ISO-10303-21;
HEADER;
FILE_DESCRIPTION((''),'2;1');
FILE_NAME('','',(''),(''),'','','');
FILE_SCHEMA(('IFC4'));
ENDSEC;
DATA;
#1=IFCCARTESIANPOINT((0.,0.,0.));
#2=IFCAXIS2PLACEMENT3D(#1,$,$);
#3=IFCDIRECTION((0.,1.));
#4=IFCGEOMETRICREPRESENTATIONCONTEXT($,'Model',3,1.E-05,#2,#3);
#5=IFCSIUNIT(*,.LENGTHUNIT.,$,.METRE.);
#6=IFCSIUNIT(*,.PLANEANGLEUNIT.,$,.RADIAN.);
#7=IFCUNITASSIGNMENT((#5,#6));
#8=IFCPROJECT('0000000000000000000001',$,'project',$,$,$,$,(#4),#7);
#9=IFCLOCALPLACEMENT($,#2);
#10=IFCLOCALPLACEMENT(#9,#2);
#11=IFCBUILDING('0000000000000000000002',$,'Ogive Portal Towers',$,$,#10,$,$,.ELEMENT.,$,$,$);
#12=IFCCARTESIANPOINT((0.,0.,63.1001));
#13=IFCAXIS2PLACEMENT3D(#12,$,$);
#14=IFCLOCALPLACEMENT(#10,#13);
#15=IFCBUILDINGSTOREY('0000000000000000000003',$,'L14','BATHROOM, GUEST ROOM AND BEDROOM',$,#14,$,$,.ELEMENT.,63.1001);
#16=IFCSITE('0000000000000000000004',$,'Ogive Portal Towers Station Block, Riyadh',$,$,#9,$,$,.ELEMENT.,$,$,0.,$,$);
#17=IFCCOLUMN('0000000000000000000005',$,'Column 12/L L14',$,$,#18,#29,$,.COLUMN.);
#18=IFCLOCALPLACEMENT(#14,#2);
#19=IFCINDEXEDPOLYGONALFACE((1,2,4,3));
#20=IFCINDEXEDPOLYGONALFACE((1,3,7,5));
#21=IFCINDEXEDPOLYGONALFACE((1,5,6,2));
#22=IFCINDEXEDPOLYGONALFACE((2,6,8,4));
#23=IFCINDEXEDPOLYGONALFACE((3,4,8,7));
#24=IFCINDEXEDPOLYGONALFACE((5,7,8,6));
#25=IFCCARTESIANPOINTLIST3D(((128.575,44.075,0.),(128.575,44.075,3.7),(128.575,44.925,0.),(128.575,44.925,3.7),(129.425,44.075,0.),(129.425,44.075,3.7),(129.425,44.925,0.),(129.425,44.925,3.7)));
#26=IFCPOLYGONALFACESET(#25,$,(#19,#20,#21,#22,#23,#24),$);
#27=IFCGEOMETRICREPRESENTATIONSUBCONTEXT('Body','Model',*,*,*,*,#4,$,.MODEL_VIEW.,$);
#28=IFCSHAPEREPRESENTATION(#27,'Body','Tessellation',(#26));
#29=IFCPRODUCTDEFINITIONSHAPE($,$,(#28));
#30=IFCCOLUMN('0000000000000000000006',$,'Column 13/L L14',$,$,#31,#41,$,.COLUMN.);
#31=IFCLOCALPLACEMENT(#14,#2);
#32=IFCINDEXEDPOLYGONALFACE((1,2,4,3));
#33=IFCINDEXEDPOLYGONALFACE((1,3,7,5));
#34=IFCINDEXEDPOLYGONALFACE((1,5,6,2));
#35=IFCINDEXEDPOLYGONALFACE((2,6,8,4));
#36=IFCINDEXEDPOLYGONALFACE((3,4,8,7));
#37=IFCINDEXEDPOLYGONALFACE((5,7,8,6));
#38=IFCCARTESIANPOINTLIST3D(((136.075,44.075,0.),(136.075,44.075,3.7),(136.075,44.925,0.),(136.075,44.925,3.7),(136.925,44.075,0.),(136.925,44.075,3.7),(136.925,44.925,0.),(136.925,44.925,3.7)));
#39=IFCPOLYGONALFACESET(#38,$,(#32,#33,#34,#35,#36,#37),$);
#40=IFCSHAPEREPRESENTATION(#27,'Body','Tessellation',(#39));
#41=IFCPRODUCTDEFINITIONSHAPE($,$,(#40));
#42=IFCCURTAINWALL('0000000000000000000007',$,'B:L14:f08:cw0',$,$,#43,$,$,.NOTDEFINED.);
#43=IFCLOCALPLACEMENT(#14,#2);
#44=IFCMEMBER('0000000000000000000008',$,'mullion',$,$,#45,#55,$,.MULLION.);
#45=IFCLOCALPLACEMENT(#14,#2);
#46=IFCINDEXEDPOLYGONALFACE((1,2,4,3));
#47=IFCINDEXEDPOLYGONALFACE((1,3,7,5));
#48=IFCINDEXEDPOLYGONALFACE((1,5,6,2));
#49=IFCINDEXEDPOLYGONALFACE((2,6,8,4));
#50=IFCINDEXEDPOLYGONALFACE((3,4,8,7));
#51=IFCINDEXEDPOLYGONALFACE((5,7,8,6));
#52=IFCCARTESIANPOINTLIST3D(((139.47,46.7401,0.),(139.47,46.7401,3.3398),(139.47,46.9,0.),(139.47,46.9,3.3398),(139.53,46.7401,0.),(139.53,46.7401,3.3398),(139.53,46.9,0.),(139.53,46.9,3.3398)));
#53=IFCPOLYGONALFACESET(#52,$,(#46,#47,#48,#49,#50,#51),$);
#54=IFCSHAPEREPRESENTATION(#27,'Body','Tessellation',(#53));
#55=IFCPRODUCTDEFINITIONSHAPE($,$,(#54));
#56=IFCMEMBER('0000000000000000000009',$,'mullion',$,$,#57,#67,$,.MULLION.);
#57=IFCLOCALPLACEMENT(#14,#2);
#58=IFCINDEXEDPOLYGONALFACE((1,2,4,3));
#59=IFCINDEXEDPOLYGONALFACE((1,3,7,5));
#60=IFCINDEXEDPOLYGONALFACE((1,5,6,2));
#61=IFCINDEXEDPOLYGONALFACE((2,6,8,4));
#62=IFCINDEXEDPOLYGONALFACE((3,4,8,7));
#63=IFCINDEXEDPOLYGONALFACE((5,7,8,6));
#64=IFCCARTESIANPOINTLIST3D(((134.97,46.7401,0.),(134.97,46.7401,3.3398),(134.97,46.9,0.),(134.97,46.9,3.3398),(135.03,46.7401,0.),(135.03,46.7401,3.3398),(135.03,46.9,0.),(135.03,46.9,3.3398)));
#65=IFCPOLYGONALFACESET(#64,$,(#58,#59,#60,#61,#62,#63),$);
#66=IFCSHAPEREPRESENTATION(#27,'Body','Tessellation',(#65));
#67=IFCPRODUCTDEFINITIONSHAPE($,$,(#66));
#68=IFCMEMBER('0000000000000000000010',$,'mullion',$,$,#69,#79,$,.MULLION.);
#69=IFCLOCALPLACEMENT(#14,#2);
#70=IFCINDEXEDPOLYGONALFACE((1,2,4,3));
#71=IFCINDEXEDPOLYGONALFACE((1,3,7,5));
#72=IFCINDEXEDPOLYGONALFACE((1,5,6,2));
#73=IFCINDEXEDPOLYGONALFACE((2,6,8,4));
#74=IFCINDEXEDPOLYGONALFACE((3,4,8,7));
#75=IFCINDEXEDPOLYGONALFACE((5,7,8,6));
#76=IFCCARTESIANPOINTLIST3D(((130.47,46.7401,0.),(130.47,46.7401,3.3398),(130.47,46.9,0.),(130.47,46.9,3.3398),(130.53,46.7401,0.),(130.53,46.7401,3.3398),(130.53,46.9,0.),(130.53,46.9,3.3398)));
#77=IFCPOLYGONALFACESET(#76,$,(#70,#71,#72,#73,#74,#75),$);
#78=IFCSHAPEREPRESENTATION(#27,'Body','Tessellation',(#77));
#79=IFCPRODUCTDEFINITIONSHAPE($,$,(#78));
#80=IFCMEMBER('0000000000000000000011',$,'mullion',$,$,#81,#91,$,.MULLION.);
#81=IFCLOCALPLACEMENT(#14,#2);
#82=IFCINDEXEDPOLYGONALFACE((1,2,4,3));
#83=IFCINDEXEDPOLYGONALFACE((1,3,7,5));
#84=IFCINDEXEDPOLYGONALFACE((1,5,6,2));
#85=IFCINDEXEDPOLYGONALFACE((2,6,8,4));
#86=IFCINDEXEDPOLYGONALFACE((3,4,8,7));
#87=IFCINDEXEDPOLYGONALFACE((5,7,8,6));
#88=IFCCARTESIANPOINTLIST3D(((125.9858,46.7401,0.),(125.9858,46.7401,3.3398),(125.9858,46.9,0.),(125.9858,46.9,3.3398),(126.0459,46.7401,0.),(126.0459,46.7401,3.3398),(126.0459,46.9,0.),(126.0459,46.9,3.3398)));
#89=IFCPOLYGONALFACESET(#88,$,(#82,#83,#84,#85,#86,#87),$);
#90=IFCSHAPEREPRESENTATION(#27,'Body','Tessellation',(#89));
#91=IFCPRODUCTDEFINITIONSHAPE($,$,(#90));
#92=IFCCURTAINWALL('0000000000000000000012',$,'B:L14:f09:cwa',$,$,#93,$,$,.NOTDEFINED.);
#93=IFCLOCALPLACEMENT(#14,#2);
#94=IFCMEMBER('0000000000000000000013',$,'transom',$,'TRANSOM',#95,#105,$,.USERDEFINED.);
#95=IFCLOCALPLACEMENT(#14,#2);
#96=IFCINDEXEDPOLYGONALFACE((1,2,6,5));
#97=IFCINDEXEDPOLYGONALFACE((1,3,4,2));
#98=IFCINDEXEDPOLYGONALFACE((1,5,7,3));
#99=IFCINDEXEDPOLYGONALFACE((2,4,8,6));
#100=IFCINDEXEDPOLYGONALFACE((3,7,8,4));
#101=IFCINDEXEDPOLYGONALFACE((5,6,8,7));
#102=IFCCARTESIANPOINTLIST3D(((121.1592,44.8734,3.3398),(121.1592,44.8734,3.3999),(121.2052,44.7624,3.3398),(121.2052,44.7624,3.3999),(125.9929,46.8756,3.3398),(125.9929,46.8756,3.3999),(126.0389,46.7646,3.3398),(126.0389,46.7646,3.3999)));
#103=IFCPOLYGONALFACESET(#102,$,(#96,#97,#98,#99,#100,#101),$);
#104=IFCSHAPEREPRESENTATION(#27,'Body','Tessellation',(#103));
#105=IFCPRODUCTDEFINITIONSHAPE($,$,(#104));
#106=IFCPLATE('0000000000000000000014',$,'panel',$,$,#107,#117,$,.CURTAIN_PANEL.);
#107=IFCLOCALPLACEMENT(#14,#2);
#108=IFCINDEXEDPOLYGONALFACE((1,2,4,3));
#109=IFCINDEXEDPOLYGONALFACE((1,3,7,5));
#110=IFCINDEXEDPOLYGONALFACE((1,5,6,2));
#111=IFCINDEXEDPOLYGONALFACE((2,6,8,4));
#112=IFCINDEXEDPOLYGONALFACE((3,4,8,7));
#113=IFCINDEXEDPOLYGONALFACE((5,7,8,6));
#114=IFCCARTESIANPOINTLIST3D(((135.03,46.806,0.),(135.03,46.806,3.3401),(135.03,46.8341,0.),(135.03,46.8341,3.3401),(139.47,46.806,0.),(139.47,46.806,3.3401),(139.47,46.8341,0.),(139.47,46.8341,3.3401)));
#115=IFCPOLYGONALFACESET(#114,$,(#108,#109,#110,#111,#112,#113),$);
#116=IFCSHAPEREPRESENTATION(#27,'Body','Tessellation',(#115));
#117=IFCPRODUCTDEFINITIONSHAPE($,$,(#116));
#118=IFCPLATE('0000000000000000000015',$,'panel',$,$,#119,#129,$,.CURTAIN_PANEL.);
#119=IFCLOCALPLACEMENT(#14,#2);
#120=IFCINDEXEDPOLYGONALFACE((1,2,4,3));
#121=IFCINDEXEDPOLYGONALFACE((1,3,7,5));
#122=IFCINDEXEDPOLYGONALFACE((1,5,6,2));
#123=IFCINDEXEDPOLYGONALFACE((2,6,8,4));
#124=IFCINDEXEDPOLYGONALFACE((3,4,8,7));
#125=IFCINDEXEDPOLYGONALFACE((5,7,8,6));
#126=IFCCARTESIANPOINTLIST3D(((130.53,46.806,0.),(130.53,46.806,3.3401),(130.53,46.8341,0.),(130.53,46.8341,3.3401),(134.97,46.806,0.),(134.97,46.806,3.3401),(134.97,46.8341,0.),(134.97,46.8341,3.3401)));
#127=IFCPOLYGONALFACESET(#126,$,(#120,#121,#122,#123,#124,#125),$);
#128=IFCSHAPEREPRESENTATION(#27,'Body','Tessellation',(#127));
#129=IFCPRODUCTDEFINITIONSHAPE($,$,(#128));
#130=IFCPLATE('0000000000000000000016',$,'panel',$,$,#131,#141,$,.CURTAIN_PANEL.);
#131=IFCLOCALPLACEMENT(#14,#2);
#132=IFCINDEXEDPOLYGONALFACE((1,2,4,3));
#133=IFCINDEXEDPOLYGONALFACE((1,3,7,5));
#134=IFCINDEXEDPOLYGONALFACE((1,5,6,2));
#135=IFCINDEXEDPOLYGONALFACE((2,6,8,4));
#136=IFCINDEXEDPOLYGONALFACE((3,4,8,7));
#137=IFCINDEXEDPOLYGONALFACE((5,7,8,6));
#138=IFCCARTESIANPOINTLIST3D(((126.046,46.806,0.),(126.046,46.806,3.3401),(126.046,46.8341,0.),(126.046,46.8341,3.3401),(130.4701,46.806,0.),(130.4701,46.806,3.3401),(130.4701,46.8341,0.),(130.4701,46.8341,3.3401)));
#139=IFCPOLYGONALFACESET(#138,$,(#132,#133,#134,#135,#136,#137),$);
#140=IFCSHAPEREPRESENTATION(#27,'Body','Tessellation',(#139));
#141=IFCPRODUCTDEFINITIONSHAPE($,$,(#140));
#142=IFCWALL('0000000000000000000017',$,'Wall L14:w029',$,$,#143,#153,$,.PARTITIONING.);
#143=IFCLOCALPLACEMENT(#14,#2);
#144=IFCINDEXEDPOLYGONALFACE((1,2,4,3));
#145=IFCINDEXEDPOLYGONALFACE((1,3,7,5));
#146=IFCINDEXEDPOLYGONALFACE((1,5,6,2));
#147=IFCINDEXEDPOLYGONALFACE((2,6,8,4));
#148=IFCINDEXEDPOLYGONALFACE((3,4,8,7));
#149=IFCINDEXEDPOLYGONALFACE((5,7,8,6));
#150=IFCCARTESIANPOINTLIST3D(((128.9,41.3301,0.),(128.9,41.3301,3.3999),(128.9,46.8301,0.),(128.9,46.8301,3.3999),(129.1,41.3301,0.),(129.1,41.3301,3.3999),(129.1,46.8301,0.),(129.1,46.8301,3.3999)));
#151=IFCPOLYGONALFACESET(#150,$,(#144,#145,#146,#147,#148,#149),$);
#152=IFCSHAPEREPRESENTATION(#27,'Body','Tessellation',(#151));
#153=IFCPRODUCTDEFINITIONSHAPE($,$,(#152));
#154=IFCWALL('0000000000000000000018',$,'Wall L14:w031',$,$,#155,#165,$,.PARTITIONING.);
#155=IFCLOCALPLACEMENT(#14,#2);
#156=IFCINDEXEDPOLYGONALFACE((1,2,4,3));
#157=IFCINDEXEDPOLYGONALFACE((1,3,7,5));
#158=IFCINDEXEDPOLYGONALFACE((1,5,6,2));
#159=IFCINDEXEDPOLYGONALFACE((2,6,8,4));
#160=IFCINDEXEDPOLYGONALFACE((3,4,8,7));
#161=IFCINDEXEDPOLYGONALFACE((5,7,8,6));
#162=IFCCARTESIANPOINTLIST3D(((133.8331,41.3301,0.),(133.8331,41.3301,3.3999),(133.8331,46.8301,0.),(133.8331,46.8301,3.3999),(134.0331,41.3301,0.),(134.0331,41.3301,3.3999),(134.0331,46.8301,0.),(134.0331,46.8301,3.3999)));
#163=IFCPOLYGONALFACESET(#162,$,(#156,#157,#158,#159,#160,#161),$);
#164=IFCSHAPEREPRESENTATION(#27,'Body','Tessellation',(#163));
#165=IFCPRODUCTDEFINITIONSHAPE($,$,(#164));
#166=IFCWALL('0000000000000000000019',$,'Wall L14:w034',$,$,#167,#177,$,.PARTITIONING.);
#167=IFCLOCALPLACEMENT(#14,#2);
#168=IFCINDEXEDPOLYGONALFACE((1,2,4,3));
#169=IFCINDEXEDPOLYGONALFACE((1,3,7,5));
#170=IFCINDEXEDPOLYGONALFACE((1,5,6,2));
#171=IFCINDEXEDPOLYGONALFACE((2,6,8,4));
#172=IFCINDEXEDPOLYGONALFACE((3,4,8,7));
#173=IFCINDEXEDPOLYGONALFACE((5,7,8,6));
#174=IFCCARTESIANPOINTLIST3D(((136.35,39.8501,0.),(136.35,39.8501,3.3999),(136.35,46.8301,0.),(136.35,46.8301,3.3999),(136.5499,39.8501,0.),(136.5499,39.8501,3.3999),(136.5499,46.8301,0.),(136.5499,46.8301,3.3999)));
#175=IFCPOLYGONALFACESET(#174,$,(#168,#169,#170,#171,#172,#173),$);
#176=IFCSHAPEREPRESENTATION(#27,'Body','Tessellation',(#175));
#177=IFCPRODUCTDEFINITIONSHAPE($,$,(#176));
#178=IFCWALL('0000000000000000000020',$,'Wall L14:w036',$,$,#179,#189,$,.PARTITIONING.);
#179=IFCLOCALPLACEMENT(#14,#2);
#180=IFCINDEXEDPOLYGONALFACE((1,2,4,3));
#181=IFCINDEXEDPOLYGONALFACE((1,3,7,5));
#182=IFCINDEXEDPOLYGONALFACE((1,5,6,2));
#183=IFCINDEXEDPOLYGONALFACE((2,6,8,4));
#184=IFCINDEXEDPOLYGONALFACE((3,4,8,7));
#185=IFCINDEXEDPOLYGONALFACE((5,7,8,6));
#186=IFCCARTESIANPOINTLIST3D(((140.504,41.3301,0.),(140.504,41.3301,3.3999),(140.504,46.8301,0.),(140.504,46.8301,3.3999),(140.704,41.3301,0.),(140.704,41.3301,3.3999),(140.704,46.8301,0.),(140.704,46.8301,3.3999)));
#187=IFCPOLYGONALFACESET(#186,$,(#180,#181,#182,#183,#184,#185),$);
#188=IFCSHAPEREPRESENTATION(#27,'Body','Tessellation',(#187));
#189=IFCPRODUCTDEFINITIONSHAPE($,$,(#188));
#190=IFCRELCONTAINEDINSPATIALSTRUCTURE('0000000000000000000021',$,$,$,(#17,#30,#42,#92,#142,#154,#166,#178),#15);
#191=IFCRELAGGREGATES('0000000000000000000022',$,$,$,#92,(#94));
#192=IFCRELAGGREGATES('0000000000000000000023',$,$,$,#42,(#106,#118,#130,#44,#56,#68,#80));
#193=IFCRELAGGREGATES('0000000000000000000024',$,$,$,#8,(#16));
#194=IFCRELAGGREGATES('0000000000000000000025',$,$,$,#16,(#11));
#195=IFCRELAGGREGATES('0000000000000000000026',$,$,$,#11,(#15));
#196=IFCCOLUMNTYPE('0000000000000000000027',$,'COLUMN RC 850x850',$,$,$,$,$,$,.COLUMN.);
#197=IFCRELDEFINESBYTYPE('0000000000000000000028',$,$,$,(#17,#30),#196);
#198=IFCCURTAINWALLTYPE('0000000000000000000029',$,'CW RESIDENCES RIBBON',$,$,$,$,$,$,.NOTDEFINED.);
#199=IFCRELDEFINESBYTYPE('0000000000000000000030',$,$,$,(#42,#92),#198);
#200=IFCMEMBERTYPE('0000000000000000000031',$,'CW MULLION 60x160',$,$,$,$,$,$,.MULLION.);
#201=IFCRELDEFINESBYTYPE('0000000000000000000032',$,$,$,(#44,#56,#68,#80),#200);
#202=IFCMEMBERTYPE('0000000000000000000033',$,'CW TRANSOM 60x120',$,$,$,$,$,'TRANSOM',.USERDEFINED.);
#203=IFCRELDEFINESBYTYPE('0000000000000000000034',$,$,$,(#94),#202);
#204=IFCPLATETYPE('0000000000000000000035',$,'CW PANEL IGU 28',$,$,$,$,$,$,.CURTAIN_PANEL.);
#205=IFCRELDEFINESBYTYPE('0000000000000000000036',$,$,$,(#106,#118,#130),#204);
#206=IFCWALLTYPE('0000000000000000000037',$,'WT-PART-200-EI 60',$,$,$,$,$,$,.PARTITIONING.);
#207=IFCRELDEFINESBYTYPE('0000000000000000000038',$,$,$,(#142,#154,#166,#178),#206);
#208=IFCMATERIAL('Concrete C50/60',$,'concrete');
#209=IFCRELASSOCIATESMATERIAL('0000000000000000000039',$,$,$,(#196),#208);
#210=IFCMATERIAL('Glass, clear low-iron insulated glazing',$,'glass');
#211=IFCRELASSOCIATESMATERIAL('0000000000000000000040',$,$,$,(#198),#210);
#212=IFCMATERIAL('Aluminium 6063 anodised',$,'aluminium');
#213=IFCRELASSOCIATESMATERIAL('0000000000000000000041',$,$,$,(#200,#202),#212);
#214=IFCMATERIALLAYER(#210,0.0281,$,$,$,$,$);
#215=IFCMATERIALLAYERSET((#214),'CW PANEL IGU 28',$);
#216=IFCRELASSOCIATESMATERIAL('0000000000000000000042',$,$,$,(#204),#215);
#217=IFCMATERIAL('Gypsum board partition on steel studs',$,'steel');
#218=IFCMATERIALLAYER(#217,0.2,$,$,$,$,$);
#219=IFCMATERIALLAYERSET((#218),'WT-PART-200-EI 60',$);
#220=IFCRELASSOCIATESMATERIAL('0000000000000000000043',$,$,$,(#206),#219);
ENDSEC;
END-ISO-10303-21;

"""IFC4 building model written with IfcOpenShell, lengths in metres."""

from ifc_helpers import new_model, si_unit, direction, frame, frame_2d, origin, origin_2d, place, context, subcontext, project, spatial, rectangle, extrude, material, layer, layer_set, material_profile, profile_set, type_object, element, aggregate, save


model = new_model("IFC4")

# Units and contexts
model_context = context("Model", 3, precision=1e-05, world=origin(), true_north=direction((0.0, 1.0)))
body_context = subcontext(model_context, "Body", "Model", "MODEL_VIEW")
ifc_project = project(units=[si_unit("LENGTHUNIT", "METRE"), si_unit("PLANEANGLEUNIT", "RADIAN")], contexts=[model_context])

# Site, building, storey
site_placement = place(None, origin())
site = spatial("IfcSite", under=ifc_project, at=site_placement, Name="Ogive Portal Towers Station Block, Riyadh", CompositionType="ELEMENT", RefElevation=0.0)
building_placement = place(site_placement, origin())
building = spatial("IfcBuilding", under=site, at=building_placement, Name="Ogive Portal Towers", CompositionType="ELEMENT")
storey_placement = place(building_placement, frame((0.0, 0.0, 63.1001)))
storey = spatial("IfcBuildingStorey", under=building, at=storey_placement, Name="L14", Description="BATHROOM, GUEST ROOM AND BEDROOM", CompositionType="ELEMENT", Elevation=63.1001)

# Columns
ifc_material_1 = material(Name="Concrete C50/60", Category="concrete")
ifc_material_profile_1 = material_profile(ifc_material_1, rectangle(XDim=0.8501, YDim=0.8501, at=origin_2d()), Name="RC 850x850")
ifc_profile_set_1 = profile_set([ifc_material_profile_1], Name="Concrete C50/60")
column_type = type_object("IfcColumnType", Name="COLUMN RC 850x850", PredefinedType="COLUMN", material=ifc_profile_set_1)
for number, where, z_axis, x_axis, name in (
    (1, (129.0, 44.5, 0.0), (0.0, 0.0, 1.0), (1.0, 0.0, 0.0), "Column 12/L L14"),
    (2, (136.5, 44.5, 0.0), (0.0, 0.0, 1.0), (1.0, 0.0, 0.0), "Column 13/L L14"),
):
    element("IfcColumn", number, at=place(storey_placement, frame(where, z_axis=z_axis, x_axis=x_axis)), inside=storey, type_object=column_type, Name=name, PredefinedType="COLUMN", context=body_context, shape_type="SweptSolid", body=[
        extrude(rectangle(XDim=0.8501, YDim=0.8501, at=origin_2d()), origin(), (0.0, 0.0, 1.0), 3.7),
    ])

# Curtain wall, members
ifc_material_2 = material(Name="Glass, clear low-iron insulated glazing", Category="glass")
curtain_wall_type = type_object("IfcCurtainWallType", Name="CW RESIDENCES RIBBON", PredefinedType="NOTDEFINED", material=ifc_material_2)
curtain_wall_1_placement = place(storey_placement, origin())
curtain_wall_1 = element("IfcCurtainWall", 3, at=curtain_wall_1_placement, inside=storey, type_object=curtain_wall_type, Name="B:L14:f08:cw0", PredefinedType="NOTDEFINED")
ifc_material_3 = material(Name="Aluminium 6063 anodised", Category="aluminium")
ifc_material_profile_2 = material_profile(ifc_material_3, rectangle(XDim=0.1599, YDim=0.0601, at=origin_2d()), Name="AL 60x160")
ifc_profile_set_2 = profile_set([ifc_material_profile_2], Name="Aluminium 6063 anodised")
member_type_1 = type_object("IfcMemberType", Name="CW MULLION 60x160", PredefinedType="MULLION", material=ifc_profile_set_2)
member_1_placement = place(storey_placement, frame((139.5, 46.8201, 0.0), z_axis=(0.0, 0.0, 1.0), x_axis=(0.0, -1.0, 0.0)))
member_1 = element("IfcMember", 4, at=member_1_placement, type_object=member_type_1, Name="mullion", PredefinedType="MULLION", context=body_context, shape_type="SweptSolid", body=[
    extrude(rectangle(XDim=0.1599, YDim=0.0601, at=origin_2d()), origin(), (0.0, 0.0, 1.0), 3.3398),
])
member_2_placement = place(storey_placement, frame((135.0, 46.8201, 0.0), z_axis=(0.0, 0.0, 1.0), x_axis=(0.0, -1.0, 0.0)))
member_2 = element("IfcMember", 5, at=member_2_placement, type_object=member_type_1, Name="mullion", PredefinedType="MULLION", context=body_context, shape_type="SweptSolid", body=[
    extrude(rectangle(XDim=0.1599, YDim=0.0601, at=origin_2d()), origin(), (0.0, 0.0, 1.0), 3.3398),
])
member_3_placement = place(storey_placement, frame((130.5, 46.8201, 0.0), z_axis=(0.0, 0.0, 1.0), x_axis=(0.0, -1.0, 0.0)))
member_3 = element("IfcMember", 6, at=member_3_placement, type_object=member_type_1, Name="mullion", PredefinedType="MULLION", context=body_context, shape_type="SweptSolid", body=[
    extrude(rectangle(XDim=0.1599, YDim=0.0601, at=origin_2d()), origin(), (0.0, 0.0, 1.0), 3.3398),
])
member_4_placement = place(storey_placement, frame((126.0159, 46.8201, 0.0), z_axis=(0.0, 0.0, 1.0), x_axis=(0.0, -1.0, 0.0)))
member_4 = element("IfcMember", 7, at=member_4_placement, type_object=member_type_1, Name="mullion", PredefinedType="MULLION", context=body_context, shape_type="SweptSolid", body=[
    extrude(rectangle(XDim=0.1599, YDim=0.0601, at=origin_2d()), origin(), (0.0, 0.0, 1.0), 3.3398),
])

# Curtain wall, member
curtain_wall_2_placement = place(storey_placement, origin())
curtain_wall_2 = element("IfcCurtainWall", 8, at=curtain_wall_2_placement, inside=storey, type_object=curtain_wall_type, Name="B:L14:f09:cwa", PredefinedType="NOTDEFINED")
ifc_material_profile_3 = material_profile(ifc_material_3, rectangle(XDim=0.1201, YDim=0.0601, at=origin_2d()), Name="AL 120x60")
ifc_profile_set_3 = profile_set([ifc_material_profile_3], Name="Aluminium 6063 anodised")
member_type_2 = type_object("IfcMemberType", Name="CW TRANSOM 60x120", ElementType="TRANSOM", PredefinedType="USERDEFINED", material=ifc_profile_set_3)
member_5_placement = place(storey_placement, frame((126.0159, 46.8201, 3.3699), z_axis=(-0.92388, -0.382683, 0.0), x_axis=(0.382683, -0.92388, 0.0)))
member_5 = element("IfcMember", 9, at=member_5_placement, type_object=member_type_2, Name="transom", ObjectType="TRANSOM", PredefinedType="USERDEFINED", context=body_context, shape_type="SweptSolid", body=[
    extrude(rectangle(XDim=0.1201, YDim=0.0601, at=origin_2d()), origin(), (0.0, 0.0, 1.0), 5.2319),
])
aggregate(curtain_wall_2, [member_5])

# Plates
ifc_layer_1 = layer(ifc_material_2, 0.0281)
ifc_layer_set_1 = layer_set([ifc_layer_1], Name="CW PANEL IGU 28")
plate_type = type_object("IfcPlateType", Name="CW PANEL IGU 28", PredefinedType="CURTAIN_PANEL", material=ifc_layer_set_1)
plate_1_placement = place(storey_placement, frame((137.25, 46.8201, 0.0), z_axis=(0.0, 0.0, 1.0), x_axis=(-1.0, 0.0, 0.0)))
plate_1 = element("IfcPlate", 10, at=plate_1_placement, type_object=plate_type, Name="panel", PredefinedType="CURTAIN_PANEL", context=body_context, shape_type="SweptSolid", body=[
    extrude(rectangle(XDim=4.4399, YDim=0.0281, at=origin_2d()), origin(), (0.0, 0.0, 1.0), 3.3401),
])
plate_2_placement = place(storey_placement, frame((132.75, 46.8201, 0.0), z_axis=(0.0, 0.0, 1.0), x_axis=(-1.0, 0.0, 0.0)))
plate_2 = element("IfcPlate", 11, at=plate_2_placement, type_object=plate_type, Name="panel", PredefinedType="CURTAIN_PANEL", context=body_context, shape_type="SweptSolid", body=[
    extrude(rectangle(XDim=4.4399, YDim=0.0281, at=origin_2d()), origin(), (0.0, 0.0, 1.0), 3.3401),
])
plate_3_placement = place(storey_placement, frame((128.2581, 46.8201, 0.0), z_axis=(0.0, 0.0, 1.0), x_axis=(-1.0, 0.0, 0.0)))
plate_3 = element("IfcPlate", 12, at=plate_3_placement, type_object=plate_type, Name="panel", PredefinedType="CURTAIN_PANEL", context=body_context, shape_type="SweptSolid", body=[
    extrude(rectangle(XDim=4.4241, YDim=0.0281, at=origin_2d()), origin(), (0.0, 0.0, 1.0), 3.3401),
])
aggregate(curtain_wall_1, [plate_1, plate_2, plate_3, member_1, member_2, member_3, member_4])

# Walls
ifc_material_4 = material(Name="Gypsum board partition on steel studs", Category="steel")
ifc_layer_2 = layer(ifc_material_4, 0.2)
ifc_layer_set_2 = layer_set([ifc_layer_2], Name="WT-PART-200-EI 60")
wall_type = type_object("IfcWallType", Name="WT-PART-200-EI 60", PredefinedType="PARTITIONING", material=ifc_layer_set_2)
for number, where, z_axis, x_axis, name in (
    (13, (129.0, 41.3301, 0.0), (0.0, 0.0, 1.0), (0.0, 1.0, 0.0), "Wall L14:w029"),
    (14, (133.9331, 41.3301, 0.0), (0.0, 0.0, 1.0), (0.0, 1.0, 0.0), "Wall L14:w031"),
):
    element("IfcWall", number, at=place(storey_placement, frame(where, z_axis=z_axis, x_axis=x_axis)), inside=storey, type_object=wall_type, Name=name, PredefinedType="PARTITIONING", context=body_context, shape_type="SweptSolid", body=[
        extrude(rectangle(XDim=5.5, YDim=0.2, at=frame_2d((2.75, 0.0))), origin(), (0.0, 0.0, 1.0), 3.3999),
    ])
wall_1_placement = place(storey_placement, frame((136.45, 39.8501, 0.0), z_axis=(0.0, 0.0, 1.0), x_axis=(0.0, 1.0, 0.0)))
element("IfcWall", 15, at=wall_1_placement, inside=storey, type_object=wall_type, Name="Wall L14:w034", PredefinedType="PARTITIONING", context=body_context, shape_type="SweptSolid", body=[
    extrude(rectangle(XDim=6.98, YDim=0.2, at=frame_2d((3.49, 0.0))), origin(), (0.0, 0.0, 1.0), 3.3999),
])
wall_2_placement = place(storey_placement, frame((140.604, 41.3301, 0.0), z_axis=(0.0, 0.0, 1.0), x_axis=(0.0, 1.0, 0.0)))
element("IfcWall", 16, at=wall_2_placement, inside=storey, type_object=wall_type, Name="Wall L14:w036", PredefinedType="PARTITIONING", context=body_context, shape_type="SweptSolid", body=[
    extrude(rectangle(XDim=5.5, YDim=0.2, at=frame_2d((2.75, 0.0))), origin(), (0.0, 0.0, 1.0), 3.3999),
])

save(model, "model.ifc")
